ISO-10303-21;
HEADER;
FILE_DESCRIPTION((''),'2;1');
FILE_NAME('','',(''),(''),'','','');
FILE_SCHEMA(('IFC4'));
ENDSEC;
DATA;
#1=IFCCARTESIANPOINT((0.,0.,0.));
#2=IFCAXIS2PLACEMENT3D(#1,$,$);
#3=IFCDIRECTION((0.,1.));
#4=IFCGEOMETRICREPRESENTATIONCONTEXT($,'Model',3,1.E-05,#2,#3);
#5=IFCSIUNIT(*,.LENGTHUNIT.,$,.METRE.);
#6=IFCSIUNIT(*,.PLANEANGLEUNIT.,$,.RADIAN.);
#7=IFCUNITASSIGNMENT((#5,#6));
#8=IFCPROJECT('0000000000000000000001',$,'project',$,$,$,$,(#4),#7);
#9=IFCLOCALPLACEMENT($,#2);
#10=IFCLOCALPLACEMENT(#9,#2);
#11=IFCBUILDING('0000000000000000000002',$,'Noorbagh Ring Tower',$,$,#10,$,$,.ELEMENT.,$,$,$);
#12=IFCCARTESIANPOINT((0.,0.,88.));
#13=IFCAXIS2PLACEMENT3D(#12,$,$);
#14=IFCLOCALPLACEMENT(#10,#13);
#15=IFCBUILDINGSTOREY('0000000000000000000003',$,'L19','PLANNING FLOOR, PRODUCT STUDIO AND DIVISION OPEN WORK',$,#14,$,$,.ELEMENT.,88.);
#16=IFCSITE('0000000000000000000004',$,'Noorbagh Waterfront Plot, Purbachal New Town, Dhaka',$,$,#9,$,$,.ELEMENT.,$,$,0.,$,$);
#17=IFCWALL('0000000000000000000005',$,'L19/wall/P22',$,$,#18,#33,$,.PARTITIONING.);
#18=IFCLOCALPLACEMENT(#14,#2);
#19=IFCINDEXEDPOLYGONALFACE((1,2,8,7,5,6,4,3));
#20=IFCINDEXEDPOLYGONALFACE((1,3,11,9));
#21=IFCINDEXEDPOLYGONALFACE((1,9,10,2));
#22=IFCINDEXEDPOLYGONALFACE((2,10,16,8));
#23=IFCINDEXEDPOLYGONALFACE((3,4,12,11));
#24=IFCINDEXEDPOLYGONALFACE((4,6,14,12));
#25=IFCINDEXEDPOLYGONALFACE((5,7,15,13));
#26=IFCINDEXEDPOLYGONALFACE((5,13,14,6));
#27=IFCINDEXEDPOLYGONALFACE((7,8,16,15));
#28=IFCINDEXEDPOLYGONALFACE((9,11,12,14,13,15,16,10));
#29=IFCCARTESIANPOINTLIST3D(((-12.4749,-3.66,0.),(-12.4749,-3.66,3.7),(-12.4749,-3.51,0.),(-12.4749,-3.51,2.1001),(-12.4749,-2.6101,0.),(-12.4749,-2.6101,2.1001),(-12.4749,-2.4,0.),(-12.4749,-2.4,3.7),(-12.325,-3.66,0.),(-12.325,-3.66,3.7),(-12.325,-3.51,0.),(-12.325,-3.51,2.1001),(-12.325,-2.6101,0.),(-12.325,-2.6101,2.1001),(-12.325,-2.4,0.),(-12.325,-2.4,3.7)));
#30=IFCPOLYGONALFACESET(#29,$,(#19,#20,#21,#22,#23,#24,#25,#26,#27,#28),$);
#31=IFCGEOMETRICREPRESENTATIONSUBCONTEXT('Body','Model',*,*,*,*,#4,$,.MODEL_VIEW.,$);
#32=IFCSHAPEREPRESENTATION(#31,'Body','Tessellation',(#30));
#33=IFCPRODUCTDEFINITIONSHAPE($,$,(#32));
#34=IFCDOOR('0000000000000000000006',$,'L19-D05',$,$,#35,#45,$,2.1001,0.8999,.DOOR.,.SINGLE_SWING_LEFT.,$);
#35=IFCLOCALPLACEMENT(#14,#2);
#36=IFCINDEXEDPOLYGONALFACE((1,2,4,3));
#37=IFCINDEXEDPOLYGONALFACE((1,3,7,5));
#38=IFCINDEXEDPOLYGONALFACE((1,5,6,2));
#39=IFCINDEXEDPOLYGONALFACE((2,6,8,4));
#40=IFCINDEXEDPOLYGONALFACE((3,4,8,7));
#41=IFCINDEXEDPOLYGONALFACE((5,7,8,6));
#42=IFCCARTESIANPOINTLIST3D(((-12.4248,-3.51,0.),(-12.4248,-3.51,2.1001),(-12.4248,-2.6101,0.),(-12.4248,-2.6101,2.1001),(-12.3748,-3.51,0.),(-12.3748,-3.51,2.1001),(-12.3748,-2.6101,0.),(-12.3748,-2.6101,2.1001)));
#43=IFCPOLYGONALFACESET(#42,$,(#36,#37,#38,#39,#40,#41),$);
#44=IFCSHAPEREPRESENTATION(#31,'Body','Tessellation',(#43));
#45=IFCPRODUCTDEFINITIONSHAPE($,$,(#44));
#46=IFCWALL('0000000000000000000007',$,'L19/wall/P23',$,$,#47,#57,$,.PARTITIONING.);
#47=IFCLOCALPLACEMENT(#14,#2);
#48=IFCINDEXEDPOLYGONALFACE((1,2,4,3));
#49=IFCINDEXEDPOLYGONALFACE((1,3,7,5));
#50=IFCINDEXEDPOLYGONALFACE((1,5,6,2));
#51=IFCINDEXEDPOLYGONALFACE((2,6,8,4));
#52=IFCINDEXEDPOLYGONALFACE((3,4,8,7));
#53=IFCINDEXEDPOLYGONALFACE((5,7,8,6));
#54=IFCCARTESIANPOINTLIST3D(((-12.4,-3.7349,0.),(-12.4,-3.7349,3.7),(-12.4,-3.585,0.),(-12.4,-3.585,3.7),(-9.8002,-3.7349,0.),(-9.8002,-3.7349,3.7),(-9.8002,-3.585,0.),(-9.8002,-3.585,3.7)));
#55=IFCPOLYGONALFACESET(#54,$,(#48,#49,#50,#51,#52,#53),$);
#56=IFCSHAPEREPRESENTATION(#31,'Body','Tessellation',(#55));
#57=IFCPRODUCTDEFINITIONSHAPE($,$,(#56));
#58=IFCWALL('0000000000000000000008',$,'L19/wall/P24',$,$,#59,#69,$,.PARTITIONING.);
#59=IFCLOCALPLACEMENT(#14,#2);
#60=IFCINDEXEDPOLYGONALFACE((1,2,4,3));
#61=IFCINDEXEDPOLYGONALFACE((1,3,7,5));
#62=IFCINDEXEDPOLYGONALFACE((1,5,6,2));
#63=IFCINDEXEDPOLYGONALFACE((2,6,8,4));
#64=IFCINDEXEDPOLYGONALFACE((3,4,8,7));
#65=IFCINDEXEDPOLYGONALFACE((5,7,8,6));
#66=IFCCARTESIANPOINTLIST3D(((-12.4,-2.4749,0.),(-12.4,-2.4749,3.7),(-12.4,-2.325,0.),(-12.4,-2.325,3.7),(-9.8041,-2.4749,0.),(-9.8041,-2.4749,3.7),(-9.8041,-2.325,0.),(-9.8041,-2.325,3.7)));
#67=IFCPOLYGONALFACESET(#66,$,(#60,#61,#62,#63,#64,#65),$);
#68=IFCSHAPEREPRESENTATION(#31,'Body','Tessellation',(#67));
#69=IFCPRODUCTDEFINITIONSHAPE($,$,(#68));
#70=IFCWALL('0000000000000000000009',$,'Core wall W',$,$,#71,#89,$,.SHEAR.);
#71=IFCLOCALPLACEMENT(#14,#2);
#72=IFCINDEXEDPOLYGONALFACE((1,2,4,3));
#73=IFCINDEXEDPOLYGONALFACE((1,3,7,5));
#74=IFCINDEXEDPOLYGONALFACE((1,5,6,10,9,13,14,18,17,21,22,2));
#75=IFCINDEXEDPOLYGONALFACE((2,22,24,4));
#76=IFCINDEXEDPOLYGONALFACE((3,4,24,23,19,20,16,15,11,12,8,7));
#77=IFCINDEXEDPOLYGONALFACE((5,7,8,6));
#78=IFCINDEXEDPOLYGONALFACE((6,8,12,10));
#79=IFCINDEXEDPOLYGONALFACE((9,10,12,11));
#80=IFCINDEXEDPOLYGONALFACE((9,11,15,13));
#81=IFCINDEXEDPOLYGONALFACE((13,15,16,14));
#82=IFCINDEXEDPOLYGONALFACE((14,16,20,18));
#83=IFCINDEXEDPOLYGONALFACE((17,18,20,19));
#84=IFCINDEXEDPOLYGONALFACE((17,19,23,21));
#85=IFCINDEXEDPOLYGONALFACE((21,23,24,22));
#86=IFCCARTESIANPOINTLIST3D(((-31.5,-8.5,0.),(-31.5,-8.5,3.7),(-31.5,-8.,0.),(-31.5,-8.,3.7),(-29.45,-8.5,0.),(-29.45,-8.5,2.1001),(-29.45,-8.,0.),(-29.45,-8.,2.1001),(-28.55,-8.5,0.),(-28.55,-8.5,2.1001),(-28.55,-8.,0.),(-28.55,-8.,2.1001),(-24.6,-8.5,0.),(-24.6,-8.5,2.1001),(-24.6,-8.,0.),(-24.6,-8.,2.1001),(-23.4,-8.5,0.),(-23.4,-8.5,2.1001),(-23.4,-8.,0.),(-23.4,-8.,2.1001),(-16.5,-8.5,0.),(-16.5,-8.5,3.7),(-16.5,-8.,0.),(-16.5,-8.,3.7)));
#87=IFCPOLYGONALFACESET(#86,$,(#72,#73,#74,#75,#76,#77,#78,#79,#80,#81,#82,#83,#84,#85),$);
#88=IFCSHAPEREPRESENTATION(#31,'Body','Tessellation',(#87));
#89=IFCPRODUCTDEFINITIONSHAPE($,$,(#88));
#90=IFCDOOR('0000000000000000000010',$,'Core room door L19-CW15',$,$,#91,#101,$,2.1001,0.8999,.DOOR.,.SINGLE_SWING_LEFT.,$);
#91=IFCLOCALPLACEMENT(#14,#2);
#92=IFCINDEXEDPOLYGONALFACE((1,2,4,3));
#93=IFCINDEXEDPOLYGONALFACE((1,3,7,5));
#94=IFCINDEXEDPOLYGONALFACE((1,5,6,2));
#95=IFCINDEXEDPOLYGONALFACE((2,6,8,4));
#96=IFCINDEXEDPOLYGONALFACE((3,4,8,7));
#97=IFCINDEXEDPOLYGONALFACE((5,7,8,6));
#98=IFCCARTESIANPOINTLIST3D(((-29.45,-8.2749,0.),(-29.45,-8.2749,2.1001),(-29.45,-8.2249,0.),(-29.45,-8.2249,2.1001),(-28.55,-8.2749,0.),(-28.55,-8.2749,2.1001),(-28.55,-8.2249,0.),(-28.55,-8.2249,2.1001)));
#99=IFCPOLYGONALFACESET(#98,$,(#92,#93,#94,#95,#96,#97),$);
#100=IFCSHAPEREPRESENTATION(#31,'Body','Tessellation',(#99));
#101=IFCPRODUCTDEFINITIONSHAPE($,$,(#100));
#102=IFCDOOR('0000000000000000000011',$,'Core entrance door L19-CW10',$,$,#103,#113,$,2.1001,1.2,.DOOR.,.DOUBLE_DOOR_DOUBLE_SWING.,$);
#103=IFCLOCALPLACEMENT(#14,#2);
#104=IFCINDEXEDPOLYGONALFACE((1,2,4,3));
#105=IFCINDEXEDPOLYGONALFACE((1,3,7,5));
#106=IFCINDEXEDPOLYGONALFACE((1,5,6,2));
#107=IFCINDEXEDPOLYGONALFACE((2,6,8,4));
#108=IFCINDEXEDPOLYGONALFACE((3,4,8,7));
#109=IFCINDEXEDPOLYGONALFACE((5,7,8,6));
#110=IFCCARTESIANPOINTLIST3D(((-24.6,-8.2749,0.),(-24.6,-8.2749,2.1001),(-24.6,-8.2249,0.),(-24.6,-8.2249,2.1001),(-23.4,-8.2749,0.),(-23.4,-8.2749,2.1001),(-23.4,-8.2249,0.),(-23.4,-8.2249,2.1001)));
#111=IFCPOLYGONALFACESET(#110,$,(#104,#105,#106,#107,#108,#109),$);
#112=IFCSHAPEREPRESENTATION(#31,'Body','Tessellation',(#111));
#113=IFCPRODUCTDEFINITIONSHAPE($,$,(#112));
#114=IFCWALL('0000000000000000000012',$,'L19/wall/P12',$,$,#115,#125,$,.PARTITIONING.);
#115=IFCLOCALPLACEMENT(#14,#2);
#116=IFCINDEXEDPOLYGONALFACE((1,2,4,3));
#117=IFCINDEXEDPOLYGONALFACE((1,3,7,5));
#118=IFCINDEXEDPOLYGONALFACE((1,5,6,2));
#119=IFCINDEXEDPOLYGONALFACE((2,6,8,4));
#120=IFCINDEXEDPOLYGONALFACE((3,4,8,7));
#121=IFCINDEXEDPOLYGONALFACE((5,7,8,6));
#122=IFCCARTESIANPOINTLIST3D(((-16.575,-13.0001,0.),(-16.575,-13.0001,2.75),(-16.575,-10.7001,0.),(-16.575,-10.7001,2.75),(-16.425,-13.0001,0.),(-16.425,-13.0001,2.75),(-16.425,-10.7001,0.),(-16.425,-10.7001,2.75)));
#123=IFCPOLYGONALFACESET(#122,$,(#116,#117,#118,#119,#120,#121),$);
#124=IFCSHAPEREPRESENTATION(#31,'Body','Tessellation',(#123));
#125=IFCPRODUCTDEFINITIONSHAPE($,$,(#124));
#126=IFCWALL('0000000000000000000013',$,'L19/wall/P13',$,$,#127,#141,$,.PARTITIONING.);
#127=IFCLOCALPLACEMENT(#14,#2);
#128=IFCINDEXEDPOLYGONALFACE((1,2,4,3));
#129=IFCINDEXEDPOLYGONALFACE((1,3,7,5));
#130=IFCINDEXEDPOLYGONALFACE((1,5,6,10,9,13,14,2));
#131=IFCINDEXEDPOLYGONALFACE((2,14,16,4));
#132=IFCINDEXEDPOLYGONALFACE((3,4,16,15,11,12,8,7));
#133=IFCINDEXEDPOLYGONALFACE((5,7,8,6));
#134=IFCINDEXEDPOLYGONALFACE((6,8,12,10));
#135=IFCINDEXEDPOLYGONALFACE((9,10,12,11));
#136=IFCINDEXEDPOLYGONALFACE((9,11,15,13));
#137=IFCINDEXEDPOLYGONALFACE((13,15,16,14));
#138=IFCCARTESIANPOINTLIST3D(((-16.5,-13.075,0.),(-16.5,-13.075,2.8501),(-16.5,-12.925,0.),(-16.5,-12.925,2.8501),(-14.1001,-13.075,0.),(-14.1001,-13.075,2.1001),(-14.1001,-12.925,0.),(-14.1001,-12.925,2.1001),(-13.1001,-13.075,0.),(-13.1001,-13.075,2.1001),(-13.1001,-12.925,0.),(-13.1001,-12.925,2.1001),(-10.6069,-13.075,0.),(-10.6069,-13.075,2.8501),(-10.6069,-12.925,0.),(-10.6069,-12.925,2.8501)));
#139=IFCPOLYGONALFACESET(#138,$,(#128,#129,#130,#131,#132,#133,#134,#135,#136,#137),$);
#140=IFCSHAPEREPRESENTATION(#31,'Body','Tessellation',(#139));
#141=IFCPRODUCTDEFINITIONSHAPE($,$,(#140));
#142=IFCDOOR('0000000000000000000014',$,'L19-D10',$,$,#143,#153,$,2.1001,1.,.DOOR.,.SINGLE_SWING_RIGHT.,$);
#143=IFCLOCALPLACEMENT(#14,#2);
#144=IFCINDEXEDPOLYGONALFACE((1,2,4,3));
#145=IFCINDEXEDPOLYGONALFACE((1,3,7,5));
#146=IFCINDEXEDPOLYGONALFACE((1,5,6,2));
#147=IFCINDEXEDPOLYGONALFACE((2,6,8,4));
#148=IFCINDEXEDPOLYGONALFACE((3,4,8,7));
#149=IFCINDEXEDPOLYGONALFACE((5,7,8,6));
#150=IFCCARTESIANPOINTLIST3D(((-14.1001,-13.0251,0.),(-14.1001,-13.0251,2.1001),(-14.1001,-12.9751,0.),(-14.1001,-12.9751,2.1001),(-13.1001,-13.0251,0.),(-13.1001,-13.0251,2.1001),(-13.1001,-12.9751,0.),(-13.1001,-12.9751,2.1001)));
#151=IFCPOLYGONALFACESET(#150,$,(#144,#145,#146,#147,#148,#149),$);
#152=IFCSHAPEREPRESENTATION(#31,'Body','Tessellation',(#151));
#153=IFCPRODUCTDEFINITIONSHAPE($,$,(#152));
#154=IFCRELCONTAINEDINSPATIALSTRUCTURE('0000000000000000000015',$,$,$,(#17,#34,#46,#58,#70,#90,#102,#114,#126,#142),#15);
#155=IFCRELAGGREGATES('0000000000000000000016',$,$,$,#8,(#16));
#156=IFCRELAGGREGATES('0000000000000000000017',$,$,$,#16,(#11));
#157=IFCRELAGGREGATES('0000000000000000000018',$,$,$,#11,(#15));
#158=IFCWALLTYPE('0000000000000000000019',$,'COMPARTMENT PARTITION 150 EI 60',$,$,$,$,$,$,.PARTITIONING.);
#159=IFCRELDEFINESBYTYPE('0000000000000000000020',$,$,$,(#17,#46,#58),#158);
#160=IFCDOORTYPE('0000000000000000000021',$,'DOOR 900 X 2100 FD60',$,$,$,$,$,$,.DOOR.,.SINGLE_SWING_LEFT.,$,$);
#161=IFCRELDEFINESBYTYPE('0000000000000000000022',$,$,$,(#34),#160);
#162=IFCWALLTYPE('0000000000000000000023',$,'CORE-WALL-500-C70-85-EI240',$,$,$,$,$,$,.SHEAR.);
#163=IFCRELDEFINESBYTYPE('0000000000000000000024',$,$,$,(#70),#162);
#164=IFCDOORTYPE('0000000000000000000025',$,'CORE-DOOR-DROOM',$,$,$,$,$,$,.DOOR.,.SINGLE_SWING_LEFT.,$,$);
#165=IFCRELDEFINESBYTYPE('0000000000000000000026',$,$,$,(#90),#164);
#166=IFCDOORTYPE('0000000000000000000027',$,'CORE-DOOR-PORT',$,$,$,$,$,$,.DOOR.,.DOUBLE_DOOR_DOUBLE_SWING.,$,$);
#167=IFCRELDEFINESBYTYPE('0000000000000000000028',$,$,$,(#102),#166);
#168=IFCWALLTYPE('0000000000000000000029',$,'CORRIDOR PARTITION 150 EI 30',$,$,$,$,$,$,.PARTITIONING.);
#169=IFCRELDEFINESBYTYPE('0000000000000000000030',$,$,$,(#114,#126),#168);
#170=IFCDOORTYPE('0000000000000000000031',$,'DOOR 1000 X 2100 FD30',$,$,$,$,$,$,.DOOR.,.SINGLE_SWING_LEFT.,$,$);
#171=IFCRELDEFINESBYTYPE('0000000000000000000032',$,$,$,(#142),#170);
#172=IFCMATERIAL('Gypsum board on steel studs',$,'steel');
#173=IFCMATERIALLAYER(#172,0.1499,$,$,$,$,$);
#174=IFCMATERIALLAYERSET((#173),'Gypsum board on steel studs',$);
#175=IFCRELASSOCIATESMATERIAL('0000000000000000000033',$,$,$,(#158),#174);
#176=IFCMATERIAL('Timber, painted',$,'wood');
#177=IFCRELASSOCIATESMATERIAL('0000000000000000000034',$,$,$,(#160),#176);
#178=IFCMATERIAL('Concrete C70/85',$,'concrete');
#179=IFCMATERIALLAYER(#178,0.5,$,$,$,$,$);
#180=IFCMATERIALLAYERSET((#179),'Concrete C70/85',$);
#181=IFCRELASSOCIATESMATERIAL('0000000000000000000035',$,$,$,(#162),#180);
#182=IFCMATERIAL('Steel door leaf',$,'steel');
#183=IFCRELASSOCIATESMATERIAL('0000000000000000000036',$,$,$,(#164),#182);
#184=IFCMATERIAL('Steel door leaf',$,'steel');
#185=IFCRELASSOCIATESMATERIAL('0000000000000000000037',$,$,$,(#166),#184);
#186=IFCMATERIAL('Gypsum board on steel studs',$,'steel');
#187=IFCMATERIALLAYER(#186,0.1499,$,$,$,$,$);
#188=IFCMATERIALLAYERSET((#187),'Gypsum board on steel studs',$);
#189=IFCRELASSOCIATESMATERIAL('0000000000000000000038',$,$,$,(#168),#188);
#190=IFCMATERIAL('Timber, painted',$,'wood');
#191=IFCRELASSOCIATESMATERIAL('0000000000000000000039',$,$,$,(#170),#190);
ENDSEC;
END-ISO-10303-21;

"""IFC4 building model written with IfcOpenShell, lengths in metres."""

from ifc_helpers import new_model, si_unit, direction, frame, frame_2d, origin, place, context, subcontext, project, spatial, rectangle, extrude, material, layer, layer_set, type_object, element, fill, save


model = new_model("IFC4")

# Units and contexts
model_context = context("Model", 3, precision=1e-05, world=origin(), true_north=direction((0.0, 1.0)))
body_context = subcontext(model_context, "Body", "Model", "MODEL_VIEW")
ifc_project = project(units=[si_unit("LENGTHUNIT", "METRE"), si_unit("PLANEANGLEUNIT", "RADIAN")], contexts=[model_context])

# Site, building, storey
site_placement = place(None, origin())
site = spatial("IfcSite", under=ifc_project, at=site_placement, Name="Noorbagh Waterfront Plot, Purbachal New Town, Dhaka", CompositionType="ELEMENT", RefElevation=0.0)
building_placement = place(site_placement, origin())
building = spatial("IfcBuilding", under=site, at=building_placement, Name="Noorbagh Ring Tower", CompositionType="ELEMENT")
storey_placement = place(building_placement, frame((0.0, 0.0, 88.0)))
storey = spatial("IfcBuildingStorey", under=building, at=storey_placement, Name="L19", Description="PLANNING FLOOR, PRODUCT STUDIO AND DIVISION OPEN WORK", CompositionType="ELEMENT", Elevation=88.0)

# Wall, opening, door
ifc_material_1 = material(Name="Gypsum board on steel studs", Category="steel")
ifc_layer_1 = layer(ifc_material_1, 0.1499)
ifc_layer_set_1 = layer_set([ifc_layer_1], Name="Gypsum board on steel studs")
wall_type_1 = type_object("IfcWallType", Name="COMPARTMENT PARTITION 150 EI 60", PredefinedType="PARTITIONING", material=ifc_layer_set_1)
wall_1_placement = place(storey_placement, frame((-12.3999, -3.6599, 0.0), z_axis=(0.0, 0.0, 1.0), x_axis=(0.0, 1.0, 0.0)))
wall_1 = element("IfcWall", 1, at=wall_1_placement, inside=storey, type_object=wall_type_1, Name="L19/wall/P22", PredefinedType="PARTITIONING", context=body_context, shape_type="SweptSolid", body=[
    extrude(rectangle(XDim=1.26, YDim=0.1499, at=frame_2d((0.6299, 0.0))), origin(), (0.0, 0.0, 1.0), 3.7),
])
opening_1_placement = place(wall_1_placement, frame((0.1499, 0.0, 0.0)))
opening_1 = element("IfcOpeningElement", 2, at=opening_1_placement, cuts=wall_1, PredefinedType="OPENING", context=body_context, shape_type="SweptSolid", body=[
    extrude(rectangle(XDim=0.8999, YDim=2.1001, at=frame_2d((0.45, 1.05))), frame((0.0, 0.085, 0.0), z_axis=(0.0, -1.0, 0.0), x_axis=(1.0, 0.0, 0.0)), (0.0, 0.0, 1.0), 0.1699),
])
ifc_material_2 = material(Name="Timber, painted", Category="wood")
door_type_1 = type_object("IfcDoorType", Name="DOOR 900 X 2100 FD60", OperationType="SINGLE_SWING_LEFT", PredefinedType="DOOR", material=ifc_material_2)
door_1_placement = place(opening_1_placement, origin())
door_1 = element("IfcDoor", 3, at=door_1_placement, inside=storey, type_object=door_type_1, Name="L19-D05", OperationType="SINGLE_SWING_LEFT", OverallHeight=2.1001, OverallWidth=0.8999, PredefinedType="DOOR", context=body_context, shape_type="SweptSolid", body=[
    extrude(rectangle(XDim=0.8999, YDim=2.1001, at=frame_2d((0.45, 1.05))), frame((0.0, 0.0249, 0.0), z_axis=(0.0, -1.0, 0.0), x_axis=(1.0, 0.0, 0.0)), (0.0, 0.0, 1.0), 0.05),
])
fill(opening_1, door_1)

# Walls
wall_2_placement = place(storey_placement, frame((-12.3999, -3.6599, 0.0), z_axis=(0.0, 0.0, 1.0), x_axis=(1.0, 0.0, 0.0)))
element("IfcWall", 4, at=wall_2_placement, inside=storey, type_object=wall_type_1, Name="L19/wall/P23", PredefinedType="PARTITIONING", context=body_context, shape_type="SweptSolid", body=[
    extrude(rectangle(XDim=2.5999, YDim=0.1499, at=frame_2d((1.2998, 0.0))), origin(), (0.0, 0.0, 1.0), 3.7),
])
wall_3_placement = place(storey_placement, frame((-12.3999, -2.3999, 0.0), z_axis=(0.0, 0.0, 1.0), x_axis=(1.0, 0.0, 0.0)))
element("IfcWall", 5, at=wall_3_placement, inside=storey, type_object=wall_type_1, Name="L19/wall/P24", PredefinedType="PARTITIONING", context=body_context, shape_type="SweptSolid", body=[
    extrude(rectangle(XDim=2.5959, YDim=0.1499, at=frame_2d((1.2979, 0.0))), origin(), (0.0, 0.0, 1.0), 3.7),
])

# Wall, openings, doors
ifc_material_3 = material(Name="Concrete C70/85", Category="concrete")
ifc_layer_2 = layer(ifc_material_3, 0.5)
ifc_layer_set_2 = layer_set([ifc_layer_2], Name="Concrete C70/85")
wall_type_2 = type_object("IfcWallType", Name="CORE-WALL-500-C70-85-EI240", PredefinedType="SHEAR", material=ifc_layer_set_2)
wall_4_placement = place(storey_placement, frame((-16.5, -8.25, 0.0), z_axis=(0.0, 0.0, 1.0), x_axis=(-1.0, 0.0, 0.0)))
wall_4 = element("IfcWall", 6, at=wall_4_placement, inside=storey, type_object=wall_type_2, Name="Core wall W", PredefinedType="SHEAR", context=body_context, shape_type="SweptSolid", body=[
    extrude(rectangle(XDim=15.0, YDim=0.5, at=frame_2d((7.5, 0.0))), origin(), (0.0, 0.0, 1.0), 3.7),
])
opening_2_placement = place(wall_4_placement, frame((6.8999, 0.0, 0.0)))
opening_2 = element("IfcOpeningElement", 7, at=opening_2_placement, cuts=wall_4, PredefinedType="OPENING", context=body_context, shape_type="SweptSolid", body=[
    extrude(rectangle(XDim=1.2, YDim=2.1001, at=frame_2d((0.6001, 1.05))), frame((0.0, 0.26, 0.0), z_axis=(0.0, -1.0, 0.0), x_axis=(1.0, 0.0, 0.0)), (0.0, 0.0, 1.0), 0.52),
])
opening_3_placement = place(wall_4_placement, frame((12.05, 0.0, 0.0)))
opening_3 = element("IfcOpeningElement", 8, at=opening_3_placement, cuts=wall_4, PredefinedType="OPENING", context=body_context, shape_type="SweptSolid", body=[
    extrude(rectangle(XDim=0.8999, YDim=2.1001, at=frame_2d((0.45, 1.05))), frame((0.0, 0.26, 0.0), z_axis=(0.0, -1.0, 0.0), x_axis=(1.0, 0.0, 0.0)), (0.0, 0.0, 1.0), 0.52),
])
ifc_material_4 = material(Name="Steel door leaf", Category="steel")
door_type_2 = type_object("IfcDoorType", Name="CORE-DOOR-DROOM", OperationType="SINGLE_SWING_LEFT", PredefinedType="DOOR", material=ifc_material_4)
door_2_placement = place(opening_3_placement, origin())
door_2 = element("IfcDoor", 9, at=door_2_placement, inside=storey, type_object=door_type_2, Name="Core room door L19-CW15", OperationType="SINGLE_SWING_LEFT", OverallHeight=2.1001, OverallWidth=0.8999, PredefinedType="DOOR", context=body_context, shape_type="SweptSolid", body=[
    extrude(rectangle(XDim=0.8999, YDim=2.1001, at=frame_2d((0.45, 1.05))), frame((0.0, 0.0249, 0.0), z_axis=(0.0, -1.0, 0.0), x_axis=(1.0, 0.0, 0.0)), (0.0, 0.0, 1.0), 0.05),
])
fill(opening_3, door_2)
ifc_material_5 = material(Name="Steel door leaf", Category="steel")
door_type_3 = type_object("IfcDoorType", Name="CORE-DOOR-PORT", OperationType="DOUBLE_DOOR_DOUBLE_SWING", PredefinedType="DOOR", material=ifc_material_5)
door_3_placement = place(opening_2_placement, origin())
door_3 = element("IfcDoor", 10, at=door_3_placement, inside=storey, type_object=door_type_3, Name="Core entrance door L19-CW10", OperationType="DOUBLE_DOOR_DOUBLE_SWING", OverallHeight=2.1001, OverallWidth=1.2, PredefinedType="DOOR", context=body_context, shape_type="SweptSolid", body=[
    extrude(rectangle(XDim=1.2, YDim=2.1001, at=frame_2d((0.6001, 1.05))), frame((0.0, 0.0249, 0.0), z_axis=(0.0, -1.0, 0.0), x_axis=(1.0, 0.0, 0.0)), (0.0, 0.0, 1.0), 0.05),
])
fill(opening_2, door_3)

# Wall
ifc_material_6 = material(Name="Gypsum board on steel studs", Category="steel")
ifc_layer_3 = layer(ifc_material_6, 0.1499)
ifc_layer_set_3 = layer_set([ifc_layer_3], Name="Gypsum board on steel studs")
wall_type_3 = type_object("IfcWallType", Name="CORRIDOR PARTITION 150 EI 30", PredefinedType="PARTITIONING", material=ifc_layer_set_3)
wall_5_placement = place(storey_placement, frame((-16.5, -13.0, 0.0), z_axis=(0.0, 0.0, 1.0), x_axis=(0.0, 1.0, 0.0)))
element("IfcWall", 11, at=wall_5_placement, inside=storey, type_object=wall_type_3, Name="L19/wall/P12", PredefinedType="PARTITIONING", context=body_context, shape_type="SweptSolid", body=[
    extrude(rectangle(XDim=2.3, YDim=0.1499, at=frame_2d((1.1499, 0.0))), origin(), (0.0, 0.0, 1.0), 2.75),
])

# Wall, opening, door
wall_6_placement = place(storey_placement, frame((-16.5, -13.0, 0.0), z_axis=(0.0, 0.0, 1.0), x_axis=(1.0, 0.0, 0.0)))
wall_6 = element("IfcWall", 12, at=wall_6_placement, inside=storey, type_object=wall_type_3, Name="L19/wall/P13", PredefinedType="PARTITIONING", context=body_context, shape_type="SweptSolid", body=[
    extrude(rectangle(XDim=5.8931, YDim=0.1499, at=frame_2d((2.9465, 0.0))), origin(), (0.0, 0.0, 1.0), 2.8501),
])
opening_4_placement = place(wall_6_placement, frame((2.3999, 0.0, 0.0)))
opening_4 = element("IfcOpeningElement", 13, at=opening_4_placement, cuts=wall_6, PredefinedType="OPENING", context=body_context, shape_type="SweptSolid", body=[
    extrude(rectangle(XDim=1.0, YDim=2.1001, at=frame_2d((0.5, 1.05))), frame((0.0, 0.085, 0.0), z_axis=(0.0, -1.0, 0.0), x_axis=(1.0, 0.0, 0.0)), (0.0, 0.0, 1.0), 0.1699),
])
ifc_material_7 = material(Name="Timber, painted", Category="wood")
door_type_4 = type_object("IfcDoorType", Name="DOOR 1000 X 2100 FD30", OperationType="SINGLE_SWING_LEFT", PredefinedType="DOOR", material=ifc_material_7)
door_4_placement = place(opening_4_placement, origin())
door_4 = element("IfcDoor", 14, at=door_4_placement, inside=storey, type_object=door_type_4, Name="L19-D10", OperationType="SINGLE_SWING_RIGHT", OverallHeight=2.1001, OverallWidth=1.0, PredefinedType="DOOR", context=body_context, shape_type="SweptSolid", body=[
    extrude(rectangle(XDim=1.0, YDim=2.1001, at=frame_2d((0.5, 1.05))), frame((0.0, 0.0249, 0.0), z_axis=(0.0, -1.0, 0.0), x_axis=(1.0, 0.0, 0.0)), (0.0, 0.0, 1.0), 0.05),
])
fill(opening_4, door_4)

save(model, "model.ifc")
